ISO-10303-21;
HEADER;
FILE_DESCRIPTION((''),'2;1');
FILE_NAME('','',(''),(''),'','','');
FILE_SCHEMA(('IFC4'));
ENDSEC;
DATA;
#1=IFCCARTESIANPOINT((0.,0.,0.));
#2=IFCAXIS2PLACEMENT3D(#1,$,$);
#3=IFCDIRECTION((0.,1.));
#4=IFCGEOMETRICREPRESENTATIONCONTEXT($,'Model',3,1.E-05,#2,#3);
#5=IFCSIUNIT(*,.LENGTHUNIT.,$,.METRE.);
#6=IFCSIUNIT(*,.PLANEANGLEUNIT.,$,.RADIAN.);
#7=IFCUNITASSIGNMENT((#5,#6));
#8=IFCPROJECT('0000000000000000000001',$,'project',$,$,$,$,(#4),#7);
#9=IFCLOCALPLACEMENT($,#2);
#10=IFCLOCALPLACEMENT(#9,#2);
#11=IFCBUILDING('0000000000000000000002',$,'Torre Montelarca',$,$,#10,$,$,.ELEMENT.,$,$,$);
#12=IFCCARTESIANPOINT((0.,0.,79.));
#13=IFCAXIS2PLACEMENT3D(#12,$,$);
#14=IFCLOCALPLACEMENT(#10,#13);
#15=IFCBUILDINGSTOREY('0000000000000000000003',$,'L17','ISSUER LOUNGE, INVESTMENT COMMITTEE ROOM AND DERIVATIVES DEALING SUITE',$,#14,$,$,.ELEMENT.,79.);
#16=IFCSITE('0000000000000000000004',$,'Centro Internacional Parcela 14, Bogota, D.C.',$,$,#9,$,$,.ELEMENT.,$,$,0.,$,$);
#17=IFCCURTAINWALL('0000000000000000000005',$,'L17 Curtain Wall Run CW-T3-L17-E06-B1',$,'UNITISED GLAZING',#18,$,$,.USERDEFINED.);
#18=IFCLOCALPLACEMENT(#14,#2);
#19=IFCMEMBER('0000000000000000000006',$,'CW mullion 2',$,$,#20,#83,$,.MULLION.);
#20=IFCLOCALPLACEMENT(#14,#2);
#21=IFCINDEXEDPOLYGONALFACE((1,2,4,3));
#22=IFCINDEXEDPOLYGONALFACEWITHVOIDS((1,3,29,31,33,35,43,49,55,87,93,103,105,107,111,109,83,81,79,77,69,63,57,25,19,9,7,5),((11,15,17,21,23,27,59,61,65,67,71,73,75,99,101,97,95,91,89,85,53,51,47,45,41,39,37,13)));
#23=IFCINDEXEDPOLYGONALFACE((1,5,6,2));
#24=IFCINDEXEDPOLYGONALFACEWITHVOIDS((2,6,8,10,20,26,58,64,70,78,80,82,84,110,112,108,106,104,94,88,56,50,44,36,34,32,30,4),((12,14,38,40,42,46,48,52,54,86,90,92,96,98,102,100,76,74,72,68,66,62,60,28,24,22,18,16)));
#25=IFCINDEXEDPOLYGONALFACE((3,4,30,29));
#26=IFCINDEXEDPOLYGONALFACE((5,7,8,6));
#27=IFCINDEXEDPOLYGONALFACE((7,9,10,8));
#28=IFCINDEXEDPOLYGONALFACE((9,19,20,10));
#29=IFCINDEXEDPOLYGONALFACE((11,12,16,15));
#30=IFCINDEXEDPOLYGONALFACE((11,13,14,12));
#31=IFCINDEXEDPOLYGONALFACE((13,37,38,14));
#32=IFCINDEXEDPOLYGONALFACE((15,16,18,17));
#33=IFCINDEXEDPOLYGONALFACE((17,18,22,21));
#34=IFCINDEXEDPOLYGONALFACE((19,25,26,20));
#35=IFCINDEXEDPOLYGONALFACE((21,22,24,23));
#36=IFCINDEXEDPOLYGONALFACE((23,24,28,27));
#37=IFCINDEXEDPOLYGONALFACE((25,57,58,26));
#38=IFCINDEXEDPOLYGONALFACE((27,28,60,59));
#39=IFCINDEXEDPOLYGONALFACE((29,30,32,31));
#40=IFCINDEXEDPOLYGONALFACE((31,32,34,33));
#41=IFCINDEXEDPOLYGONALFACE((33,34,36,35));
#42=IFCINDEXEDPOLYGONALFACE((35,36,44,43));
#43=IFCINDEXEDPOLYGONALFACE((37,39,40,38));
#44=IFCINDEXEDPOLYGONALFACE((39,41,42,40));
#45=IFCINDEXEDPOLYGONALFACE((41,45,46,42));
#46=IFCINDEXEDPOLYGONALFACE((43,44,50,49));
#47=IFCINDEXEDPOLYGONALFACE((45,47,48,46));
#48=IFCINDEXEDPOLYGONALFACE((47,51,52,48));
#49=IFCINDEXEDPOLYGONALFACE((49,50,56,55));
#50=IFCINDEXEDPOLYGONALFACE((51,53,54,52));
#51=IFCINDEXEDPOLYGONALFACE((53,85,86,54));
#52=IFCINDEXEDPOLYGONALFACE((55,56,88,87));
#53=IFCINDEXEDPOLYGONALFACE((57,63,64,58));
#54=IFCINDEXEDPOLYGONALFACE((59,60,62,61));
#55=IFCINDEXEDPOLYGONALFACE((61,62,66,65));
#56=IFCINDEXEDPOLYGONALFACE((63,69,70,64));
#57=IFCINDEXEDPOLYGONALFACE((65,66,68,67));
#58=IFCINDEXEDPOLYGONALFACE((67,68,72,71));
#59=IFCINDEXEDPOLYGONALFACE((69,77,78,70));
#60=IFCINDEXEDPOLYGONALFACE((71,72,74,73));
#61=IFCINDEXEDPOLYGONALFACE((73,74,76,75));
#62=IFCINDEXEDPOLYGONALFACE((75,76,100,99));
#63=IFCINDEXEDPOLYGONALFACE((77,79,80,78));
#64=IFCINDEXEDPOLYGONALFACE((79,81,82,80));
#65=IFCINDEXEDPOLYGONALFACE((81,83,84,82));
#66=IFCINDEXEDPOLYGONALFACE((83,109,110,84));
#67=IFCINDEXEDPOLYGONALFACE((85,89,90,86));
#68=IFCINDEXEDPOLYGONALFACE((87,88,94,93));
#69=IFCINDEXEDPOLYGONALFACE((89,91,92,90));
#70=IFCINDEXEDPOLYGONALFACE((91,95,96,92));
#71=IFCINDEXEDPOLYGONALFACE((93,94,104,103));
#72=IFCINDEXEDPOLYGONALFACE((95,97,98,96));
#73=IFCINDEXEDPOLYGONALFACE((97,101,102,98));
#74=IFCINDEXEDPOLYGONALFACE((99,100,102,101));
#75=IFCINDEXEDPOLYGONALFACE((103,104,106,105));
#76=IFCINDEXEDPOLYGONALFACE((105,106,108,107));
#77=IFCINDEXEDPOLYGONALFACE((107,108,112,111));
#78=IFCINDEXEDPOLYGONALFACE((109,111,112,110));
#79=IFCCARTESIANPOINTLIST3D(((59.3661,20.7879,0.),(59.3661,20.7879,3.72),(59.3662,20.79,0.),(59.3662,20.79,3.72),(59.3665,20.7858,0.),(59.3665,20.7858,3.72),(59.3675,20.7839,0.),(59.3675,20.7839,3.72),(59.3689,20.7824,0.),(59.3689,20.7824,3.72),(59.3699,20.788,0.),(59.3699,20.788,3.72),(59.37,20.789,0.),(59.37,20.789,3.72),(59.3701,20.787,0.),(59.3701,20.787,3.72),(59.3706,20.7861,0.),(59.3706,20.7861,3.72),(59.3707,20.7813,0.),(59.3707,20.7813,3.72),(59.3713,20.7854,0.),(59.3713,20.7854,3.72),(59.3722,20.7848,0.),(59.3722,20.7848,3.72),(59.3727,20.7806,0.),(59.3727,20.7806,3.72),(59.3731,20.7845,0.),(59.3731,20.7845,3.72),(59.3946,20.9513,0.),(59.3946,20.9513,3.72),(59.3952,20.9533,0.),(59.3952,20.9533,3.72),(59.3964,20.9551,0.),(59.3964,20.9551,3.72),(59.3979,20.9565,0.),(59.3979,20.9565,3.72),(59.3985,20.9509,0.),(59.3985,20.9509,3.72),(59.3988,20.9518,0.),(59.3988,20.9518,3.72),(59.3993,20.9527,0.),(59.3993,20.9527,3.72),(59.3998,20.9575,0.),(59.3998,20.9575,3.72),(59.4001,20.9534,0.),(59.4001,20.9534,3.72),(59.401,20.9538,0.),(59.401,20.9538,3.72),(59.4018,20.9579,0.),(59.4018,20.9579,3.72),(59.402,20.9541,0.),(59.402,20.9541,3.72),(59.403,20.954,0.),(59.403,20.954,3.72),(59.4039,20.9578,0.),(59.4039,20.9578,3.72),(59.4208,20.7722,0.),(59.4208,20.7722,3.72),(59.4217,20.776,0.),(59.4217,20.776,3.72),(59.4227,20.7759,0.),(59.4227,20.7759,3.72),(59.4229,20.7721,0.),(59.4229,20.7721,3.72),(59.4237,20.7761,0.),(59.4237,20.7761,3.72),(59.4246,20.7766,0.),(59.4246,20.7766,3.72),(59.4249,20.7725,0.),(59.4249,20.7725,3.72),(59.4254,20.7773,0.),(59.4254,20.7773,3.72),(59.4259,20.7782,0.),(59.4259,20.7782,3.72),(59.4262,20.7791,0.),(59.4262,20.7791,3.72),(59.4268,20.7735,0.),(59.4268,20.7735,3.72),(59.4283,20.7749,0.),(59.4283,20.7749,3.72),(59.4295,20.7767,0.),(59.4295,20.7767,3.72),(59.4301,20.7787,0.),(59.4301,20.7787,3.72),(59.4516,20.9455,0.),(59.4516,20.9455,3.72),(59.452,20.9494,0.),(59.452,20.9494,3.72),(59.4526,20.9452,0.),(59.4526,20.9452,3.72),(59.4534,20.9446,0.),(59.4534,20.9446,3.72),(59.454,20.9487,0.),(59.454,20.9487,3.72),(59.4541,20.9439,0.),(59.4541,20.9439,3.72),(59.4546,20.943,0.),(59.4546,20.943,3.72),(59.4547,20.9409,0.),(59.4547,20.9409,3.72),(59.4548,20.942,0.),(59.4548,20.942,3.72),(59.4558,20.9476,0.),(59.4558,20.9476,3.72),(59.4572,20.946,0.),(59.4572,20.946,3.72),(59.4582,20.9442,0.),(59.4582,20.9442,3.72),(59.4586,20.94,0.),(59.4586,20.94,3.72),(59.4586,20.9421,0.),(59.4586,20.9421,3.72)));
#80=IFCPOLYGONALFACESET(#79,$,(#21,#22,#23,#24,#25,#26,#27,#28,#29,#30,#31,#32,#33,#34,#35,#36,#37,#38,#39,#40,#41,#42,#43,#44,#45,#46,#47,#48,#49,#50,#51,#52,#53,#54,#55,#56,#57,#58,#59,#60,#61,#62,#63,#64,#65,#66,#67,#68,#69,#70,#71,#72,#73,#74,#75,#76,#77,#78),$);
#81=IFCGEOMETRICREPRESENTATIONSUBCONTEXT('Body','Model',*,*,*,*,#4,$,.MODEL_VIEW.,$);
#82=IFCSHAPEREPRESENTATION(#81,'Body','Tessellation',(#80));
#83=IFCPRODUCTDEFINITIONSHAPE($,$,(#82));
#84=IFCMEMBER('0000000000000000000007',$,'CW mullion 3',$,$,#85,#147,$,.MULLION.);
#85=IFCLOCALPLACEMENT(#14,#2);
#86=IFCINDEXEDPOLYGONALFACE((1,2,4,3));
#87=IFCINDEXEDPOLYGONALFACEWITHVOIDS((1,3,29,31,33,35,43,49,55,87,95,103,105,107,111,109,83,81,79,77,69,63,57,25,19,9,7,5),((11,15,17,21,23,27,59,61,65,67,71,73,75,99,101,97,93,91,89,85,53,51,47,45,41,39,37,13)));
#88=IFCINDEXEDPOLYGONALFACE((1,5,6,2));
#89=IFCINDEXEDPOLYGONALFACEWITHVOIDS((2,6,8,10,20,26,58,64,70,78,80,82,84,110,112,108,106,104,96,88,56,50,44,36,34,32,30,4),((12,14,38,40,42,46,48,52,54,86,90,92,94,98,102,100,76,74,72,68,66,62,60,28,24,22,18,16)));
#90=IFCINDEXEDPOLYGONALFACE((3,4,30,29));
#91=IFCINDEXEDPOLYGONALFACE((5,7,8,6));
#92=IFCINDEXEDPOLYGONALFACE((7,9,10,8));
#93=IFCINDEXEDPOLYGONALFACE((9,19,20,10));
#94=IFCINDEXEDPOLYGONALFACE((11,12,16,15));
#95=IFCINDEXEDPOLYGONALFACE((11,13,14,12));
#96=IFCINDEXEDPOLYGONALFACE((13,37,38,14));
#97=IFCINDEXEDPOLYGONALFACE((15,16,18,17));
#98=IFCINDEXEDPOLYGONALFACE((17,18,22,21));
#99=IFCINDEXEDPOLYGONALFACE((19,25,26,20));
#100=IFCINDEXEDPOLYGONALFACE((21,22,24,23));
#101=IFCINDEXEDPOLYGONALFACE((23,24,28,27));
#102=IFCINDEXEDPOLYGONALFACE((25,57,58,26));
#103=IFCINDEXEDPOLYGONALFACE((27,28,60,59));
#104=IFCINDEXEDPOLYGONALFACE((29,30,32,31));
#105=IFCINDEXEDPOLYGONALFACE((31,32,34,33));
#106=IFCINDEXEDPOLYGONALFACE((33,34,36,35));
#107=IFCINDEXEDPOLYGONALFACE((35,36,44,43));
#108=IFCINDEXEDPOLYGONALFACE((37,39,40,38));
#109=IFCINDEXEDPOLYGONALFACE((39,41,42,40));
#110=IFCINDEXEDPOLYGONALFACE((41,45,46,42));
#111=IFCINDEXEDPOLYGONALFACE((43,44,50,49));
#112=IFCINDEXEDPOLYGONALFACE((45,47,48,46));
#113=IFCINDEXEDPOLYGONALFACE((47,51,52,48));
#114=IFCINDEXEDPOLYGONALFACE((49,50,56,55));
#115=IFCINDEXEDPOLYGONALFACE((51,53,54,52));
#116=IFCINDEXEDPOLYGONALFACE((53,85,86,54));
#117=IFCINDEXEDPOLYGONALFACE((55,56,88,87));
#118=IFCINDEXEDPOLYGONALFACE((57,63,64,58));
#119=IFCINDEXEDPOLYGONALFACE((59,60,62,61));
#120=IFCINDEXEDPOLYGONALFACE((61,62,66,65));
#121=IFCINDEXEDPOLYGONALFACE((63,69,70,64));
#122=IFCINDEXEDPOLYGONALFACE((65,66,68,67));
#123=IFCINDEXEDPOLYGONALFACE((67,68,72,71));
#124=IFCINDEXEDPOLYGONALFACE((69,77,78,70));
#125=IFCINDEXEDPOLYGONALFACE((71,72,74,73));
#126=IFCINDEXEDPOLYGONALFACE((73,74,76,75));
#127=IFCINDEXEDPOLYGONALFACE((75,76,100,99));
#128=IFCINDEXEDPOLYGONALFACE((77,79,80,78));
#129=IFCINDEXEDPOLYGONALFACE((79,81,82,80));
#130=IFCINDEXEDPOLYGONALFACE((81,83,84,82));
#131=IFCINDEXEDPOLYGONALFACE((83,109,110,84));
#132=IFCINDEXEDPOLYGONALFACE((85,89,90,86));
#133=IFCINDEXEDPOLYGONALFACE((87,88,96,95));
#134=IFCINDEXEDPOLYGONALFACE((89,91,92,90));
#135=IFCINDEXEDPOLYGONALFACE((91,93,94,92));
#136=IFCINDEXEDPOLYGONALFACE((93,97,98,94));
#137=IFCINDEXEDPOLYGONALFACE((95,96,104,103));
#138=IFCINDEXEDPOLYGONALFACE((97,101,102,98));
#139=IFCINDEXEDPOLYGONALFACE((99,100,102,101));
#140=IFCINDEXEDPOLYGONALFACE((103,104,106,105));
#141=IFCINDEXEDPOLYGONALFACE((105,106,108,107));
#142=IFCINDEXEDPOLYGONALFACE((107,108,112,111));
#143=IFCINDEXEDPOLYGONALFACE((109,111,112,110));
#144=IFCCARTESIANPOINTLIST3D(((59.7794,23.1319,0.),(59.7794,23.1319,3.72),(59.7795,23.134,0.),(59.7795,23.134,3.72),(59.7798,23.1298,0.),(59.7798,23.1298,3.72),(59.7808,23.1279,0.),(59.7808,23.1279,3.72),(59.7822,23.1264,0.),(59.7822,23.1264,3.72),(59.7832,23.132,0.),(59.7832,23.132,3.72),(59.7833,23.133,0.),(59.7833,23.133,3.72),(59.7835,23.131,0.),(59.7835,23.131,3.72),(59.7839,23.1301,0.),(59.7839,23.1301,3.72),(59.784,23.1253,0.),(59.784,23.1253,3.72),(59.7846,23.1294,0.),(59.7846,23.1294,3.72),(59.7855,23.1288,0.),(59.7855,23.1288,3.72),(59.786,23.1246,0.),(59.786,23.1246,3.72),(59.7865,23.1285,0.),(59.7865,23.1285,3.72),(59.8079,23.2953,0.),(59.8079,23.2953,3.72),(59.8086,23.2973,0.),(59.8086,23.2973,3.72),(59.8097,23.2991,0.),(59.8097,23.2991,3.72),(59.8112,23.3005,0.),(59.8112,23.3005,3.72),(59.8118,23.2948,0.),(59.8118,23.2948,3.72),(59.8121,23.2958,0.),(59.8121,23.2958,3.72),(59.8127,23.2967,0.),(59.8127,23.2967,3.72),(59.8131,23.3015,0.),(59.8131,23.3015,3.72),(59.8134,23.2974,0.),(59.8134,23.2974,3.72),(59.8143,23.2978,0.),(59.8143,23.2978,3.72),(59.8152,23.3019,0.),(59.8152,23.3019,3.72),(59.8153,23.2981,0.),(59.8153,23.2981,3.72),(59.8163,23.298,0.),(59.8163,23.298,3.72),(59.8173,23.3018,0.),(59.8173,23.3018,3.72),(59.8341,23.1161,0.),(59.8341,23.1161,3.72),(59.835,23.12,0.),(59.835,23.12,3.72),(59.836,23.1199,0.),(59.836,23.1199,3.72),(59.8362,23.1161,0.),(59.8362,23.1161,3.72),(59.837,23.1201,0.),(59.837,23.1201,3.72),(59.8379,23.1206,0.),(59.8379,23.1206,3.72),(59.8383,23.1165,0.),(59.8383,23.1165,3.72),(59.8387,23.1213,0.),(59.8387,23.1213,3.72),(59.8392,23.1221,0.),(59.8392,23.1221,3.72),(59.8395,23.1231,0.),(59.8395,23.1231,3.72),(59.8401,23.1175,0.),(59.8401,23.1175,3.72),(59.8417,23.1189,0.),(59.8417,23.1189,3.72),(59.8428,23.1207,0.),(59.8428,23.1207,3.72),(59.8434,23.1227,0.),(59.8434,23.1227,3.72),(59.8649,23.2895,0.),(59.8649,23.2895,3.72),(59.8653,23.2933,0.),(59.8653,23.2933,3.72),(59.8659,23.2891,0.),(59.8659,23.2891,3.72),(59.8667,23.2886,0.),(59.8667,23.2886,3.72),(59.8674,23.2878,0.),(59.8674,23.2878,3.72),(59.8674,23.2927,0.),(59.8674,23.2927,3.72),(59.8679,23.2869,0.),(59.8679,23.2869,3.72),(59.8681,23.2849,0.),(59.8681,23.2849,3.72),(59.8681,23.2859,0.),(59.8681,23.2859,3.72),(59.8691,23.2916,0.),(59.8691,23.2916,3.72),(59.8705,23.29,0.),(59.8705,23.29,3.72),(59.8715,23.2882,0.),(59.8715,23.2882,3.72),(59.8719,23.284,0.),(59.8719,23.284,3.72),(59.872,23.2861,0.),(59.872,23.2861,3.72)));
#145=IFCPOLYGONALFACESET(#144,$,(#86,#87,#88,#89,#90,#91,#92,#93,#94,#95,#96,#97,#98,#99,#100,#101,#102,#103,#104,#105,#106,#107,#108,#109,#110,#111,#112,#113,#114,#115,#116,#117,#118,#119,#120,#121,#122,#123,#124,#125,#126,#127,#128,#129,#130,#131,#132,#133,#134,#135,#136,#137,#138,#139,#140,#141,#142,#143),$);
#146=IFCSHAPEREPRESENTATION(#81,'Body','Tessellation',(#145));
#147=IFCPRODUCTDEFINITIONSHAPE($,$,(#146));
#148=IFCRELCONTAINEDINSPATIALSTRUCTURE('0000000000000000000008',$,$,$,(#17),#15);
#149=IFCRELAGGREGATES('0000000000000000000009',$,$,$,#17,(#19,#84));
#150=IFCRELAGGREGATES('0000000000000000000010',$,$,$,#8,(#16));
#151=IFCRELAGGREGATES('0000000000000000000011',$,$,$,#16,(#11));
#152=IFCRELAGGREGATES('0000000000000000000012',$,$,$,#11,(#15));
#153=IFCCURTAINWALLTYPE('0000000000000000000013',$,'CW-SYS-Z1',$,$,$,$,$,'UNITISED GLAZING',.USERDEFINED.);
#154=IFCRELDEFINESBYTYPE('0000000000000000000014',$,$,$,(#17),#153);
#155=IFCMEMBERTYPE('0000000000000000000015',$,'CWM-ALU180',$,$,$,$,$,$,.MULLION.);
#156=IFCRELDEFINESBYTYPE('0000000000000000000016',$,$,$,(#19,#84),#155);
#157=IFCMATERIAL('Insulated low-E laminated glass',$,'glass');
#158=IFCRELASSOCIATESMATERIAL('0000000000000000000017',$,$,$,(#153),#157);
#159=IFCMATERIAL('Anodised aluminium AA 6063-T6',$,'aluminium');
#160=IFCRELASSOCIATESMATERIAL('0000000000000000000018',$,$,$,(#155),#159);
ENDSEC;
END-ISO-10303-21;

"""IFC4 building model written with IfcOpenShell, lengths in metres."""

from ifc_helpers import new_model, si_unit, direction, frame, origin, origin_2d, place, context, subcontext, project, spatial, hollow_rectangle, extrude, source, transform, mapped, material, material_profile, profile_set, type_object, element, aggregate, save


model = new_model("IFC4")

# Units and contexts
model_context = context("Model", 3, precision=1e-05, world=origin(), true_north=direction((0.0, 1.0)))
body_context = subcontext(model_context, "Body", "Model", "MODEL_VIEW")
ifc_project = project(units=[si_unit("LENGTHUNIT", "METRE"), si_unit("PLANEANGLEUNIT", "RADIAN")], contexts=[model_context])

# Site, building, storey
site_placement = place(None, origin())
site = spatial("IfcSite", under=ifc_project, at=site_placement, Name="Centro Internacional Parcela 14, Bogota, D.C.", CompositionType="ELEMENT", RefElevation=0.0)
building_placement = place(site_placement, origin())
building = spatial("IfcBuilding", under=site, at=building_placement, Name="Torre Montelarca", CompositionType="ELEMENT")
storey_placement = place(building_placement, frame((0.0, 0.0, 79.0)))
storey = spatial("IfcBuildingStorey", under=building, at=storey_placement, Name="L17", Description="ISSUER LOUNGE, INVESTMENT COMMITTEE ROOM AND DERIVATIVES DEALING SUITE", CompositionType="ELEMENT", Elevation=79.0)

# Curtain wall
ifc_material_1 = material(Name="Insulated low-E laminated glass", Category="glass")
curtain_wall_type = type_object("IfcCurtainWallType", Name="CW-SYS-Z1", ElementType="UNITISED GLAZING", PredefinedType="USERDEFINED", material=ifc_material_1)
ifc_material_2 = material(Name="Anodised aluminium AA 6063-T6", Category="aluminium")
curtain_wall_1_placement = place(storey_placement, origin())
curtain_wall_1 = element("IfcCurtainWall", 1, at=curtain_wall_1_placement, inside=storey, type_object=curtain_wall_type, Name="L17 Curtain Wall Run CW-T3-L17-E06-B1", ObjectType="UNITISED GLAZING", PredefinedType="USERDEFINED")

# Shared definitions
ifc_material_profile_1 = material_profile(ifc_material_2, hollow_rectangle(XDim=0.0649, YDim=0.1799, WallThickness=0.0039, InnerFilletRadius=0.0039, OuterFilletRadius=0.0081, at=origin_2d()), Name="ALU65X180X4", Category="aluminium")
ifc_profile_set_1 = profile_set([ifc_material_profile_1], Name="Anodised aluminium AA 6063-T6")
member_type_1 = type_object("IfcMemberType", Name="CWM-ALU180", PredefinedType="MULLION", material=ifc_profile_set_1)
shared_shape_1 = source(origin(), body_context, "Body", "SweptSolid", [
    extrude(hollow_rectangle(XDim=0.0649, YDim=0.1799, WallThickness=0.0039, InnerFilletRadius=0.0039, OuterFilletRadius=0.0081, at=origin_2d()), origin(), (0.0, 0.0, 1.0), 3.72),
])

# Members
member_1_placement = place(storey_placement, frame((59.4124, 20.865, 0.0), z_axis=(0.0, 0.0, 1.0), x_axis=(-0.98481, 0.173634, 0.0)))
member_1 = element("IfcMember", 2, at=member_1_placement, type_object=member_type_1, Name="CW mullion 2", PredefinedType="MULLION", context=body_context, shape_type="MappedRepresentation", body=[
    mapped(shared_shape_1, transform((0.0, 0.0, 0.0), scale=1.0)),
])
member_2_placement = place(storey_placement, frame((59.8257, 23.209, 0.0), z_axis=(0.0, 0.0, 1.0), x_axis=(-0.98481, 0.173634, 0.0)))
member_2 = element("IfcMember", 3, at=member_2_placement, type_object=member_type_1, Name="CW mullion 3", PredefinedType="MULLION", context=body_context, shape_type="MappedRepresentation", body=[
    mapped(shared_shape_1, transform((0.0, 0.0, 0.0), scale=1.0)),
])

aggregate(curtain_wall_1, [member_1, member_2])

save(model, "model.ifc")
